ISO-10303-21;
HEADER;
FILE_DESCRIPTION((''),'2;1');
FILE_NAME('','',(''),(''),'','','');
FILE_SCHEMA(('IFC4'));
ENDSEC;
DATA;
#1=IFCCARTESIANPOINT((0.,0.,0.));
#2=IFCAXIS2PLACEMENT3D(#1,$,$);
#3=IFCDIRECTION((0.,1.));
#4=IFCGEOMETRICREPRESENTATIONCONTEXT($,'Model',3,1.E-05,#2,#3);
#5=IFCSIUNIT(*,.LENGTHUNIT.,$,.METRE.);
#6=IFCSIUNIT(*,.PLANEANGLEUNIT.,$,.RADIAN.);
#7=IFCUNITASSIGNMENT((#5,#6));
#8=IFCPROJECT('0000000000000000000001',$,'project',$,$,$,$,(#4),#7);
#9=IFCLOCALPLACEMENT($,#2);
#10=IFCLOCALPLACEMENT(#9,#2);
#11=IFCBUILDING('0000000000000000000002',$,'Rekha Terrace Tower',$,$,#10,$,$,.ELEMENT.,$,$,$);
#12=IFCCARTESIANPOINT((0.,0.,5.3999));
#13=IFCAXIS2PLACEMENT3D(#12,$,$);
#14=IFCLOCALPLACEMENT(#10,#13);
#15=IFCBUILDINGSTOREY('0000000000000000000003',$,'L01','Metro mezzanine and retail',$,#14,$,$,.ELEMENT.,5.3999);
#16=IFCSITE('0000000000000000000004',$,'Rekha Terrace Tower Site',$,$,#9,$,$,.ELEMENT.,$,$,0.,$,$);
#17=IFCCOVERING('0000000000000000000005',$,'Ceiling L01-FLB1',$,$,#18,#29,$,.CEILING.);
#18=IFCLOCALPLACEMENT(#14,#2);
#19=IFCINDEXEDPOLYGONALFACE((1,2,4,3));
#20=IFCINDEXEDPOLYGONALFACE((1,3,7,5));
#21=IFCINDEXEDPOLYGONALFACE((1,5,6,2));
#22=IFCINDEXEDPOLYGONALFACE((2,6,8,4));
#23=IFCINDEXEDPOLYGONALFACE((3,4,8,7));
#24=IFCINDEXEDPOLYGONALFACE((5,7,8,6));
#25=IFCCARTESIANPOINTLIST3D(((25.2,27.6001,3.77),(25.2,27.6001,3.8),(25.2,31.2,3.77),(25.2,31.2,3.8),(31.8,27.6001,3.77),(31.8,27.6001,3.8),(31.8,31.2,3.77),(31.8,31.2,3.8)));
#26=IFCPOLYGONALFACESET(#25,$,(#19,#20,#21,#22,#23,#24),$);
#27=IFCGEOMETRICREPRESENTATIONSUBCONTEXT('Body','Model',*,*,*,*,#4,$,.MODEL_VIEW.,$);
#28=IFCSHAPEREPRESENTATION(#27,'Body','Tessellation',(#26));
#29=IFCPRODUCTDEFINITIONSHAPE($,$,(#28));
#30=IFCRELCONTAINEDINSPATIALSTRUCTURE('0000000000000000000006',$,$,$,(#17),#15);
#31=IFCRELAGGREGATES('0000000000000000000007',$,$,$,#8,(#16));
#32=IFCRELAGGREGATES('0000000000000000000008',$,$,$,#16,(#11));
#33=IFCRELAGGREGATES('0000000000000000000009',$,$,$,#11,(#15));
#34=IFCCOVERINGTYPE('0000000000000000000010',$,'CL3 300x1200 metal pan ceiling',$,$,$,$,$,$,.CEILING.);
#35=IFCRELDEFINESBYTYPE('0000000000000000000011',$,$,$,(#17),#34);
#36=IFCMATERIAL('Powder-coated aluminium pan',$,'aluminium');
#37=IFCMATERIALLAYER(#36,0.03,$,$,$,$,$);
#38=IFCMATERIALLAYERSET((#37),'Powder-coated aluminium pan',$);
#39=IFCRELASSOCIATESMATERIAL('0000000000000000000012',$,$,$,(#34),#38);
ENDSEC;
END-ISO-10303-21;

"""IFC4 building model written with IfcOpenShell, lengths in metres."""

from ifc_helpers import new_model, si_unit, direction, frame, origin, place, context, subcontext, project, spatial, polyline, outline, extrude, material, layer, layer_set, type_object, element, save


model = new_model("IFC4")

# Units and contexts
model_context = context("Model", 3, precision=1e-05, world=origin(), true_north=direction((0.0, 1.0)))
body_context = subcontext(model_context, "Body", "Model", "MODEL_VIEW")
ifc_project = project(units=[si_unit("LENGTHUNIT", "METRE"), si_unit("PLANEANGLEUNIT", "RADIAN")], contexts=[model_context])

# Site, building, storey
site_placement = place(None, origin())
site = spatial("IfcSite", under=ifc_project, at=site_placement, Name="Rekha Terrace Tower Site", CompositionType="ELEMENT", RefElevation=0.0)
building_placement = place(site_placement, origin())
building = spatial("IfcBuilding", under=site, at=building_placement, Name="Rekha Terrace Tower", CompositionType="ELEMENT")
storey_placement = place(building_placement, frame((0.0, 0.0, 5.3999)))
storey = spatial("IfcBuildingStorey", under=building, at=storey_placement, Name="L01", Description="Metro mezzanine and retail", CompositionType="ELEMENT", Elevation=5.3999)

# Covering
ifc_material_1 = material(Name="Powder-coated aluminium pan", Category="aluminium")
ifc_layer_1 = layer(ifc_material_1, 0.03)
ifc_layer_set_1 = layer_set([ifc_layer_1], Name="Powder-coated aluminium pan")
covering_type_1 = type_object("IfcCoveringType", Name="CL3 300x1200 metal pan ceiling", PredefinedType="CEILING", material=ifc_layer_set_1)
covering_1_placement = place(storey_placement, frame((0.0, 0.0, 3.77)))
element("IfcCovering", 1, at=covering_1_placement, inside=storey, type_object=covering_type_1, Name="Ceiling L01-FLB1", PredefinedType="CEILING", context=body_context, shape_type="SweptSolid", body=[
    extrude(outline(polyline([(31.8, 31.2), (25.2, 31.2), (25.2, 27.6001), (31.8, 27.6001), (31.8, 31.2)])), origin(), (0.0, 0.0, 1.0), 0.03),
])

save(model, "model.ifc")
